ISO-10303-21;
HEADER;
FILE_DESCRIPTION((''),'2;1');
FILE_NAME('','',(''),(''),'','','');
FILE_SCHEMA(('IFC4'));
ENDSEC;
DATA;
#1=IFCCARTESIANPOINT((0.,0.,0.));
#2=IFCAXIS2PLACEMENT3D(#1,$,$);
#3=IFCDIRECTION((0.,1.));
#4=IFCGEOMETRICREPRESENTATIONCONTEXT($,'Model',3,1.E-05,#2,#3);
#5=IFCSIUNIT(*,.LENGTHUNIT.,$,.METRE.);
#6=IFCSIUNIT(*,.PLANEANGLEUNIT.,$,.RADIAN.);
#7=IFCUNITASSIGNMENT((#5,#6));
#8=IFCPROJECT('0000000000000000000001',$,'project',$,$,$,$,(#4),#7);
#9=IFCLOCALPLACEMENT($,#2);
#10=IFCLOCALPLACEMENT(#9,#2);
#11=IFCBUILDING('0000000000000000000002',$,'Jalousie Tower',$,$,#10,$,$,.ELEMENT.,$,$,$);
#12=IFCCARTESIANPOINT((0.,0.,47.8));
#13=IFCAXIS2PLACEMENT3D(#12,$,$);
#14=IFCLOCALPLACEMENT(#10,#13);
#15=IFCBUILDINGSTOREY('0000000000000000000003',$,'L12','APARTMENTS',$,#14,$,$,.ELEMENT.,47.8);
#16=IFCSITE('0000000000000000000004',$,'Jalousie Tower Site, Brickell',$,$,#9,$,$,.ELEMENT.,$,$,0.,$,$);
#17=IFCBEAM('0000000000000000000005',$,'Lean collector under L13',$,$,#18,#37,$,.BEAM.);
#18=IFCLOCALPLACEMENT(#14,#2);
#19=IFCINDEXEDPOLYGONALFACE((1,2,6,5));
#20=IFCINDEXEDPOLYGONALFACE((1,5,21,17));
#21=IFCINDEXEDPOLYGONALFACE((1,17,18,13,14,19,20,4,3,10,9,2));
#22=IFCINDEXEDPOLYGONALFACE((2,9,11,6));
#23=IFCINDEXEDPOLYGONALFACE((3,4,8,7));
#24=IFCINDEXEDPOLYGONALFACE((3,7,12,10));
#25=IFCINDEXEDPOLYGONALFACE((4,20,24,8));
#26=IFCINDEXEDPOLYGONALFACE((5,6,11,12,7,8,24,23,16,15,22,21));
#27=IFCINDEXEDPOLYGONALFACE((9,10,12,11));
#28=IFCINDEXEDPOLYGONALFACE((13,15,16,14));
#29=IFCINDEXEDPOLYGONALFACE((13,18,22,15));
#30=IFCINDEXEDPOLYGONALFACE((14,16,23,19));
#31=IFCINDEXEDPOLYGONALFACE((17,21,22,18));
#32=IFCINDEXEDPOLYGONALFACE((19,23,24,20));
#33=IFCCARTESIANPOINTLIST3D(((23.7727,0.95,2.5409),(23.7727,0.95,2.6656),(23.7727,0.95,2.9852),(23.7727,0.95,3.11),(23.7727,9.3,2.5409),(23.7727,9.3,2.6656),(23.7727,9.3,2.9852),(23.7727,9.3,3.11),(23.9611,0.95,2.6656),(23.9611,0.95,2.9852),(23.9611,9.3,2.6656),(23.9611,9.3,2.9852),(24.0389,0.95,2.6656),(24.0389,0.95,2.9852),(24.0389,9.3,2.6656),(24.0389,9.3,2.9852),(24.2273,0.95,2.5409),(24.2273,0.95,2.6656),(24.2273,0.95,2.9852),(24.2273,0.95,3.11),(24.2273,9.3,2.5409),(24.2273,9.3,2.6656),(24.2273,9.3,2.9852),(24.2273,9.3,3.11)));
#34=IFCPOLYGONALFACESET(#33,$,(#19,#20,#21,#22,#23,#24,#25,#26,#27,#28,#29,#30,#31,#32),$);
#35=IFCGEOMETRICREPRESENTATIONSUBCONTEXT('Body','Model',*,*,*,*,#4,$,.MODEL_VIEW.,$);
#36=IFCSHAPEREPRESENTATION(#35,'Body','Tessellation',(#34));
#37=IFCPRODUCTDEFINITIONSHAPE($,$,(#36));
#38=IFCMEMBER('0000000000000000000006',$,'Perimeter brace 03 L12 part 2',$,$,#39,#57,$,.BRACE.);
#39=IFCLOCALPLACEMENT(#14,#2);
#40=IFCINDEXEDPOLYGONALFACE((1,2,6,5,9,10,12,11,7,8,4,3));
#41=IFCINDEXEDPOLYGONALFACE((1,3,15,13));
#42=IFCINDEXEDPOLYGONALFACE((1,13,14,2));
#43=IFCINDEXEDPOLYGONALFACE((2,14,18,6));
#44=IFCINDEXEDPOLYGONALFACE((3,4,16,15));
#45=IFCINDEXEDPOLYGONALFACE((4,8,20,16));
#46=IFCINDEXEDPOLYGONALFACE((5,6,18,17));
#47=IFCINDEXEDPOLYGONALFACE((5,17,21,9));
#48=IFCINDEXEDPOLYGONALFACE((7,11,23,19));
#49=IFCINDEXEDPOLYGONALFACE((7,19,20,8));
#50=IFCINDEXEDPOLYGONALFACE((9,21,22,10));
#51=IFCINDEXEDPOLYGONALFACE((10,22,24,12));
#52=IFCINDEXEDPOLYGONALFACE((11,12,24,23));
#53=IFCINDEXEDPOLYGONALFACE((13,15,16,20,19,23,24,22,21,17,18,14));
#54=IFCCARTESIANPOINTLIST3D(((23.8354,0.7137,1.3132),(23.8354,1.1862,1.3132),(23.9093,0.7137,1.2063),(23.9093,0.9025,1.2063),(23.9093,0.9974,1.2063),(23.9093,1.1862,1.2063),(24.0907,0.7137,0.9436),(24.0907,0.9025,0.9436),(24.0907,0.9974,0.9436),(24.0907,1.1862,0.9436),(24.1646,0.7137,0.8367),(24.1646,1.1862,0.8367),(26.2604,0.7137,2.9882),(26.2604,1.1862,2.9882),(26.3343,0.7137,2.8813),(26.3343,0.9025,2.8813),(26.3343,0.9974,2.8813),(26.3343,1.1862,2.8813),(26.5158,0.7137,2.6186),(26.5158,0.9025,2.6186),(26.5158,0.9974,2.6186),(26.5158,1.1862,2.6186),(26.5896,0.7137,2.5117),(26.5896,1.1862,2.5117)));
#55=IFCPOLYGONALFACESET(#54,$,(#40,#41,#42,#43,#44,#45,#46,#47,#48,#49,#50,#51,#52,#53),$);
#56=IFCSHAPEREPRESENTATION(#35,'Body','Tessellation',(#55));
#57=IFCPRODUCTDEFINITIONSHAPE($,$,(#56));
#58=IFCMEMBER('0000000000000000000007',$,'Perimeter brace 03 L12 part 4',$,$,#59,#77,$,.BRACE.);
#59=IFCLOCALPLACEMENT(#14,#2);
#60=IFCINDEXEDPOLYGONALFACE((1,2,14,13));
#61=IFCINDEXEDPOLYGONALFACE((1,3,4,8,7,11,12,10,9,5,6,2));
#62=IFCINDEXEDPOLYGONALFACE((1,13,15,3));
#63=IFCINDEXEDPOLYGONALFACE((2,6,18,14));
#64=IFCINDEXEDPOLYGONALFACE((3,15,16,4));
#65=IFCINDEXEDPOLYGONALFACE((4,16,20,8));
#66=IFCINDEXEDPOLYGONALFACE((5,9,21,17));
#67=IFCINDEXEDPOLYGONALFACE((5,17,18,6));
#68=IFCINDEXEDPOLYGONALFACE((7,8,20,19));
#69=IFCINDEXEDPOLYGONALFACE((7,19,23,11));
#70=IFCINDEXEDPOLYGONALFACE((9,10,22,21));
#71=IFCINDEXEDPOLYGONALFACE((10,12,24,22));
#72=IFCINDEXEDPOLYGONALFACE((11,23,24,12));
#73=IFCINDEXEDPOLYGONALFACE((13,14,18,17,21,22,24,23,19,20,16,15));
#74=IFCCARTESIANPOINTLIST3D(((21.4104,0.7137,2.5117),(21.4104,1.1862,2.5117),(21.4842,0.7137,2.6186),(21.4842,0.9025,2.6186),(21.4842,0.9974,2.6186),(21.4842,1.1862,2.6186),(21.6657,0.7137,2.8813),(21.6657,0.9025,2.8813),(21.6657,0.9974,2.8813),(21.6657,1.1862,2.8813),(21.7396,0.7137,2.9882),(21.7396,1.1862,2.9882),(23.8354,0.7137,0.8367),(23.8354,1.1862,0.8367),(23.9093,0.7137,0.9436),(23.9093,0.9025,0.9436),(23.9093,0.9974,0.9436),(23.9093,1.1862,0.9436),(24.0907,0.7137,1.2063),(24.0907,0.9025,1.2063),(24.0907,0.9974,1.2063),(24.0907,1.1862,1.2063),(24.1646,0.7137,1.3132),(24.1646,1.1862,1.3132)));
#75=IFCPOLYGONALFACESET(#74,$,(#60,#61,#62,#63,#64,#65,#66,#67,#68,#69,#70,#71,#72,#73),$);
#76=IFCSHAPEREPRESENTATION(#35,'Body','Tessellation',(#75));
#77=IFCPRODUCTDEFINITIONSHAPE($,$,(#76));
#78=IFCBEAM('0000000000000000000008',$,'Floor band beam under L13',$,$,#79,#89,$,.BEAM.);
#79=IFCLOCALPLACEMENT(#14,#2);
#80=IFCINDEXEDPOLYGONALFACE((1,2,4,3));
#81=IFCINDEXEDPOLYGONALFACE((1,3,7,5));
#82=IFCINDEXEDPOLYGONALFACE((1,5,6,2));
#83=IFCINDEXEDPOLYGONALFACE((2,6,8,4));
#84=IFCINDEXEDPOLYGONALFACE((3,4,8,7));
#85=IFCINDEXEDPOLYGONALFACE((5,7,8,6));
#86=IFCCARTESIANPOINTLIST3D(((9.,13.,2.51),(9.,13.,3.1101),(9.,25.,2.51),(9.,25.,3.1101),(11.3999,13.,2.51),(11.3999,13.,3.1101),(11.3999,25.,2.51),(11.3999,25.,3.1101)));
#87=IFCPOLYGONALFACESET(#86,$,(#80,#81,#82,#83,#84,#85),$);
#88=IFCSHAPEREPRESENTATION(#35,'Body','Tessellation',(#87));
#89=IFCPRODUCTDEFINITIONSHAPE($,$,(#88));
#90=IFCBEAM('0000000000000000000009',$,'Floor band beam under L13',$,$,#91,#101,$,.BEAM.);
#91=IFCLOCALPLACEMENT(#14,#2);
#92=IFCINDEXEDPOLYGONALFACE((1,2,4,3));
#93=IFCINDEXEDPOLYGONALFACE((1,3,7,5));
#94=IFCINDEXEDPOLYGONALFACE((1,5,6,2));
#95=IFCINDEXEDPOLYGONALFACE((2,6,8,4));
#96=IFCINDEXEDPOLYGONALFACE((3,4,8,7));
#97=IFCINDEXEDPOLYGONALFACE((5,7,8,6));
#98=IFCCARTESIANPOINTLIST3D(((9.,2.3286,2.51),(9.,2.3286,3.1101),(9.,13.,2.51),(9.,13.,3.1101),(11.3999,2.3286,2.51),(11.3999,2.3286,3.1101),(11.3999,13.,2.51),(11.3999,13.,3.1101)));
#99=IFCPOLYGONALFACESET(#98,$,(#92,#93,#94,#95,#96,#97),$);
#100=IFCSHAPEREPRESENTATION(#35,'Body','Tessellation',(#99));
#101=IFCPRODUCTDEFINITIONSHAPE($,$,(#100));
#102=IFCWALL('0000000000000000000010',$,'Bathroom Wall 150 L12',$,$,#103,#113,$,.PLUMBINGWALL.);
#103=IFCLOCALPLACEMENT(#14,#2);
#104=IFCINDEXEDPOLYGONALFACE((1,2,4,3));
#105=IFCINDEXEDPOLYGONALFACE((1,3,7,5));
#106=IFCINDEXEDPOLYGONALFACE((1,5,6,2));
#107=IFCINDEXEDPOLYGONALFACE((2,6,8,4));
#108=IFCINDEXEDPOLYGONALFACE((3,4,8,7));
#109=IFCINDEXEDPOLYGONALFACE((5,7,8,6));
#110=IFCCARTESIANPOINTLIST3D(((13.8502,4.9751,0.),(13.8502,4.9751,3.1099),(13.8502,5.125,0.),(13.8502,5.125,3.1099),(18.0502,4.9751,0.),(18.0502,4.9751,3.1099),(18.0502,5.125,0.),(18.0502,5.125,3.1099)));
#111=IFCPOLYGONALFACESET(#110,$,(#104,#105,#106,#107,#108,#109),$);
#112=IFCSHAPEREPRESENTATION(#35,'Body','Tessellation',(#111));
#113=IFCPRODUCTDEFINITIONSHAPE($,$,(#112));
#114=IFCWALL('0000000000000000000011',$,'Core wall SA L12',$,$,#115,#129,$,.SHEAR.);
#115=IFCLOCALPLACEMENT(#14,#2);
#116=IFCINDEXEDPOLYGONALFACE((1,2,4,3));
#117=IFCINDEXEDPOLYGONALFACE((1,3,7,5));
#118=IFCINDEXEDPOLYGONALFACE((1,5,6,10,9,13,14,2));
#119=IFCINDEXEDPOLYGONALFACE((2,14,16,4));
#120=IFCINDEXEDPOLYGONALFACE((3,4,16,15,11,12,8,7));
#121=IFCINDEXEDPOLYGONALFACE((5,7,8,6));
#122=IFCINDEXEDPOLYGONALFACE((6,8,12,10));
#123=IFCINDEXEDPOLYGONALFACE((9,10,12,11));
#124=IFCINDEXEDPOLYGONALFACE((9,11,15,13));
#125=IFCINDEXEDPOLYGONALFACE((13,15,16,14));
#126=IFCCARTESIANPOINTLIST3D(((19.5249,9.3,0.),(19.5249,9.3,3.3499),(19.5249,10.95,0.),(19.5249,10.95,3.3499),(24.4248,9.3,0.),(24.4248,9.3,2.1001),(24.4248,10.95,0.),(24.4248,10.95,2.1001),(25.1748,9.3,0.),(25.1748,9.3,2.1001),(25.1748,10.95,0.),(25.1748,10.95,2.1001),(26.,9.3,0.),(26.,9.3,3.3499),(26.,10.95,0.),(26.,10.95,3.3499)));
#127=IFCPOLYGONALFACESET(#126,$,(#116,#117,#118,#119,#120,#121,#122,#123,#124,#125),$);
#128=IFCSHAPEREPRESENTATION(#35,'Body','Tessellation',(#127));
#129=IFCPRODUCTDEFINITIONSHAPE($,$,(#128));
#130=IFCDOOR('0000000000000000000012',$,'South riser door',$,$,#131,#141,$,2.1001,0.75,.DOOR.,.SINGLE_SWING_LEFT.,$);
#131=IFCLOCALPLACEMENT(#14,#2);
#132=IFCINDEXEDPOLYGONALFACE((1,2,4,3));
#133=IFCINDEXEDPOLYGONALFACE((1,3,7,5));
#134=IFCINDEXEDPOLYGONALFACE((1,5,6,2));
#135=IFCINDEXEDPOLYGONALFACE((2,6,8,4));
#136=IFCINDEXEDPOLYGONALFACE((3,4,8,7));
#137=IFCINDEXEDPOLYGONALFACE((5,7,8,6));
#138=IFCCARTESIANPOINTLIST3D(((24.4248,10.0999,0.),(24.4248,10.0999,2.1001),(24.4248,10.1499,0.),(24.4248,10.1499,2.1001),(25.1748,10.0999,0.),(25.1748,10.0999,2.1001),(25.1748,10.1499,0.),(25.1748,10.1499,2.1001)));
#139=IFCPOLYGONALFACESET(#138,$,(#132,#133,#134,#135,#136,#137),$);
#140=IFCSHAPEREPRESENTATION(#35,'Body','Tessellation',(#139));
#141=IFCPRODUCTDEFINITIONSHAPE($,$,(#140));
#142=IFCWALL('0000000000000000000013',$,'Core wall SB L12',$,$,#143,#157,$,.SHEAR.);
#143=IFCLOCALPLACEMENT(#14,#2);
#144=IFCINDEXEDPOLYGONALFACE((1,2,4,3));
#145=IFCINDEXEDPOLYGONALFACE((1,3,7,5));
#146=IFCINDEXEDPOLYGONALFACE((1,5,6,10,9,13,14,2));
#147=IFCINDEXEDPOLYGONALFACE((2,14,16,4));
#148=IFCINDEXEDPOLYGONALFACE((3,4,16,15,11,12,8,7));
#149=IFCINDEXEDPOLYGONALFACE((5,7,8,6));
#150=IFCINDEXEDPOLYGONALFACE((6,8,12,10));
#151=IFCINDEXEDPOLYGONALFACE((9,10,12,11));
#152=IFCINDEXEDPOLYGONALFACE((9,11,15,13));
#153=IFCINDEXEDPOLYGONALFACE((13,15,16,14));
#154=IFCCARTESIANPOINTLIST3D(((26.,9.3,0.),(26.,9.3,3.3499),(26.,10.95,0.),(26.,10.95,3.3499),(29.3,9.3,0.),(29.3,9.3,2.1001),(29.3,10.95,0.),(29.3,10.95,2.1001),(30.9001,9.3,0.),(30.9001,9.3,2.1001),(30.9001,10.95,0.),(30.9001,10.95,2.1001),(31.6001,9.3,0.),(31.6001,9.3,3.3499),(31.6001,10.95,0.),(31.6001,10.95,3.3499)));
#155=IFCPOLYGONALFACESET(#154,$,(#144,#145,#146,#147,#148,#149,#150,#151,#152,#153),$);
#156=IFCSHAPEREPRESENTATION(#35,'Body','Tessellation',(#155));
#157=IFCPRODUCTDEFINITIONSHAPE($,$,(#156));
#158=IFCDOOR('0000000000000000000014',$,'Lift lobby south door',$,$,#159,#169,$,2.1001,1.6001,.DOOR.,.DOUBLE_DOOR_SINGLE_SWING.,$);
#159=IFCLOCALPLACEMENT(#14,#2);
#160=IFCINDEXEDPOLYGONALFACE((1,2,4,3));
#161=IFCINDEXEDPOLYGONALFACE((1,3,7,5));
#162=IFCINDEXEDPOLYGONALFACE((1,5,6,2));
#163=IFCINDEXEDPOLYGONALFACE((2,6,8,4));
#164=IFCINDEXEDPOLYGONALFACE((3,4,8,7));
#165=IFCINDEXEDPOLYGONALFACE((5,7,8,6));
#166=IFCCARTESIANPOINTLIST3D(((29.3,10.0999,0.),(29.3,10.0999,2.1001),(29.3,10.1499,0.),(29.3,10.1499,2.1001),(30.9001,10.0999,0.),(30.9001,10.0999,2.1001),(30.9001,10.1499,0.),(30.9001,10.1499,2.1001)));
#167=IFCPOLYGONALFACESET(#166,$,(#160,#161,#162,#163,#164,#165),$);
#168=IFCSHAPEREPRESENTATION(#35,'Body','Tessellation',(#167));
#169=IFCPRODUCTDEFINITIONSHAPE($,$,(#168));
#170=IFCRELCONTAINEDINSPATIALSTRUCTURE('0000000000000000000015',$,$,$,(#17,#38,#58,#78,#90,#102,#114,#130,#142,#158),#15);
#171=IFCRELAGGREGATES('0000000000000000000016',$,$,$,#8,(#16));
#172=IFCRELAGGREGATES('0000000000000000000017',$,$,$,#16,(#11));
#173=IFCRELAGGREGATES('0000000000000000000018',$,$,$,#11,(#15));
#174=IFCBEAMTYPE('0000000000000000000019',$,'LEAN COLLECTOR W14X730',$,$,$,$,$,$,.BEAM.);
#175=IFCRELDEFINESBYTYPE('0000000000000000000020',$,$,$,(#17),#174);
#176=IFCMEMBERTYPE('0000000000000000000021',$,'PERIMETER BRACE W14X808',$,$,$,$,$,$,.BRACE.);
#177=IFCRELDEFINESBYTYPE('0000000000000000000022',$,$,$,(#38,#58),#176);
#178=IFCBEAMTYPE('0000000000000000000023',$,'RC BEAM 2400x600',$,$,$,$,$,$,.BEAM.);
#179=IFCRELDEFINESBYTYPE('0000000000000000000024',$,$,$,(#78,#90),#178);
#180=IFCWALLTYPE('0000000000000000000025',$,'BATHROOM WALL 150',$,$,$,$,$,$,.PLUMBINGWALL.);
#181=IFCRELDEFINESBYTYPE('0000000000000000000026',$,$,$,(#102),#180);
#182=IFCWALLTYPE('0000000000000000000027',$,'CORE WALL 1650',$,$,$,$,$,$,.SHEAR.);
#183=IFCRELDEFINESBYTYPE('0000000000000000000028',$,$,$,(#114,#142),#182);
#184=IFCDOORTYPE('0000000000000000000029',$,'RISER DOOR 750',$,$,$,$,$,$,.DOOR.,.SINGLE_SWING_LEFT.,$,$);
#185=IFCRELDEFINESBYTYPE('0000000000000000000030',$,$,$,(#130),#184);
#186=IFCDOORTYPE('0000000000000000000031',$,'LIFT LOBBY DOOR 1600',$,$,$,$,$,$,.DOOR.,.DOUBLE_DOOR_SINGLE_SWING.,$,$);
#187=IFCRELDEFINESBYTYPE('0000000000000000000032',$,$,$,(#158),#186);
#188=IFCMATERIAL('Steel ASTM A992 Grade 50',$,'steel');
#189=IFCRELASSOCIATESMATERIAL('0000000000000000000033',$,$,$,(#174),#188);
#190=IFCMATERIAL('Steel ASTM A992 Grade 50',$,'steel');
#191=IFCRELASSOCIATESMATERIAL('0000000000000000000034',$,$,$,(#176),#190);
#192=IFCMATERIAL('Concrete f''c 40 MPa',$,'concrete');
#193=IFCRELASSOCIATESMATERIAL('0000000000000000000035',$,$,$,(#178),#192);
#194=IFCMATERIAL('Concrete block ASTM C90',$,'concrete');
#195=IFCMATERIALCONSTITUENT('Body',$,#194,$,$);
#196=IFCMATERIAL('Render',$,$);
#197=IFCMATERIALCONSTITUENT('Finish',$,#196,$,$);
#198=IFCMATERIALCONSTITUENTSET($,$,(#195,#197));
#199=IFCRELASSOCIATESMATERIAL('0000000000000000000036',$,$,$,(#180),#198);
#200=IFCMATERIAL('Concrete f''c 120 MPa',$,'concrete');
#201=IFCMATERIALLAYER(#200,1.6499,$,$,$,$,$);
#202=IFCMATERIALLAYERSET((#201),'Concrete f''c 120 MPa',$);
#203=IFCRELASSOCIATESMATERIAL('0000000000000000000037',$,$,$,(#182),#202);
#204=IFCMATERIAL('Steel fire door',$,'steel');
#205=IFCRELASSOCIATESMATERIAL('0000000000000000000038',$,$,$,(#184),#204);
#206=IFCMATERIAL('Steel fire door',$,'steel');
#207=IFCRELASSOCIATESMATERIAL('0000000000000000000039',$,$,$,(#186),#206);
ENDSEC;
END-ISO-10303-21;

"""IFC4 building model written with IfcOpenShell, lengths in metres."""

from ifc_helpers import new_model, si_unit, direction, frame, frame_2d, origin, origin_2d, place, context, subcontext, project, spatial, rectangle, i_section, extrude, material, layer, layer_set, constituent, constituent_set, material_profile, profile_set, type_object, element, fill, save


model = new_model("IFC4")

# Units and contexts
model_context = context("Model", 3, precision=1e-05, world=origin(), true_north=direction((0.0, 1.0)))
body_context = subcontext(model_context, "Body", "Model", "MODEL_VIEW")
ifc_project = project(units=[si_unit("LENGTHUNIT", "METRE"), si_unit("PLANEANGLEUNIT", "RADIAN")], contexts=[model_context])

# Site, building, storey
site_placement = place(None, origin())
site = spatial("IfcSite", under=ifc_project, at=site_placement, Name="Jalousie Tower Site, Brickell", CompositionType="ELEMENT", RefElevation=0.0)
building_placement = place(site_placement, origin())
building = spatial("IfcBuilding", under=site, at=building_placement, Name="Jalousie Tower", CompositionType="ELEMENT")
storey_placement = place(building_placement, frame((0.0, 0.0, 47.8)))
storey = spatial("IfcBuildingStorey", under=building, at=storey_placement, Name="L12", Description="APARTMENTS", CompositionType="ELEMENT", Elevation=47.8)

# Beam
ifc_material_1 = material(Name="Steel ASTM A992 Grade 50", Category="steel")
ifc_material_profile_1 = material_profile(ifc_material_1, i_section(OverallWidth=0.4546, OverallDepth=0.5691, WebThickness=0.0779, FlangeThickness=0.1248, at=origin_2d()), Name="W14X730")
ifc_profile_set_1 = profile_set([ifc_material_profile_1], Name="Steel ASTM A992 Grade 50")
beam_type_1 = type_object("IfcBeamType", Name="LEAN COLLECTOR W14X730", PredefinedType="BEAM", material=ifc_profile_set_1)
beam_1_placement = place(storey_placement, frame((24.0, 0.95, 2.8254), z_axis=(0.0, 1.0, 0.0), x_axis=(-1.0, 0.0, 0.0)))
element("IfcBeam", 1, at=beam_1_placement, inside=storey, type_object=beam_type_1, Name="Lean collector under L13", PredefinedType="BEAM", context=body_context, shape_type="SweptSolid", body=[
    extrude(i_section(OverallWidth=0.4546, OverallDepth=0.5691, WebThickness=0.0779, FlangeThickness=0.1248, at=origin_2d()), origin(), (0.0, 0.0, 1.0), 8.3501),
])

# Members
ifc_material_2 = material(Name="Steel ASTM A992 Grade 50", Category="steel")
ifc_material_profile_2 = material_profile(ifc_material_2, i_section(OverallWidth=0.4724, OverallDepth=0.5791, WebThickness=0.095, FlangeThickness=0.1299, at=origin_2d()), Name="W14X808")
ifc_profile_set_2 = profile_set([ifc_material_profile_2], Name="Steel ASTM A992 Grade 50")
member_type = type_object("IfcMemberType", Name="PERIMETER BRACE W14X808", PredefinedType="BRACE", material=ifc_profile_set_2)
for number, where, z_axis, x_axis, name in (
    (2, (24.0, 0.95, 1.075), (0.8228, 0.0, 0.568331), (0.0, 1.0, 0.0), "Perimeter brace 03 L12 part 2"),
    (3, (24.0, 0.95, 1.075), (-0.8228, 0.0, 0.568331), (0.0, -1.0, 0.0), "Perimeter brace 03 L12 part 4"),
):
    element("IfcMember", number, at=place(storey_placement, frame(where, z_axis=z_axis, x_axis=x_axis)), inside=storey, type_object=member_type, Name=name, PredefinedType="BRACE", context=body_context, shape_type="SweptSolid", body=[
        extrude(i_section(OverallWidth=0.4724, OverallDepth=0.5791, WebThickness=0.095, FlangeThickness=0.1299, at=origin_2d()), origin(), (0.0, 0.0, 1.0), 2.9473),
    ])

# Beams
ifc_material_3 = material(Name="Concrete f'c 40 MPa", Category="concrete")
ifc_material_profile_3 = material_profile(ifc_material_3, rectangle(XDim=2.3999, YDim=0.6001, at=origin_2d()), Name="RC 2400x600")
ifc_profile_set_3 = profile_set([ifc_material_profile_3], Name="Concrete f'c 40 MPa")
beam_type_2 = type_object("IfcBeamType", Name="RC BEAM 2400x600", PredefinedType="BEAM", material=ifc_profile_set_3)
beam_2_placement = place(storey_placement, frame((10.2, 13.0, 2.8101), z_axis=(0.0, 1.0, 0.0), x_axis=(-1.0, 0.0, 0.0)))
element("IfcBeam", 4, at=beam_2_placement, inside=storey, type_object=beam_type_2, Name="Floor band beam under L13", PredefinedType="BEAM", context=body_context, shape_type="SweptSolid", body=[
    extrude(rectangle(XDim=2.3999, YDim=0.6001, at=origin_2d()), origin(), (0.0, 0.0, 1.0), 12.0),
])
beam_3_placement = place(storey_placement, frame((10.2, 13.0, 2.8101), z_axis=(0.0, -1.0, 0.0), x_axis=(1.0, 0.0, 0.0)))
element("IfcBeam", 5, at=beam_3_placement, inside=storey, type_object=beam_type_2, Name="Floor band beam under L13", PredefinedType="BEAM", context=body_context, shape_type="SweptSolid", body=[
    extrude(rectangle(XDim=2.3999, YDim=0.6001, at=origin_2d()), origin(), (0.0, 0.0, 1.0), 10.6714),
])

# Wall
ifc_material_4 = material(Name="Concrete block ASTM C90", Category="concrete")
ifc_constituent_1 = constituent(ifc_material_4, Name="Body")
ifc_material_5 = material(Name="Render")
ifc_constituent_2 = constituent(ifc_material_5, Name="Finish")
ifc_constituent_set_1 = constituent_set(constituents=[ifc_constituent_1, ifc_constituent_2])
wall_type_1 = type_object("IfcWallType", Name="BATHROOM WALL 150", PredefinedType="PLUMBINGWALL", material=ifc_constituent_set_1)
wall_1_placement = place(storey_placement, frame((13.8501, 5.05, 0.0), z_axis=(0.0, 0.0, 1.0), x_axis=(1.0, 0.0, 0.0)))
element("IfcWall", 6, at=wall_1_placement, inside=storey, type_object=wall_type_1, Name="Bathroom Wall 150 L12", PredefinedType="PLUMBINGWALL", context=body_context, shape_type="SweptSolid", body=[
    extrude(rectangle(XDim=4.2, YDim=0.1499, at=frame_2d((2.1001, 0.0))), origin(), (0.0, 0.0, 1.0), 3.1099),
])

# Walls, openings, doors
ifc_material_6 = material(Name="Concrete f'c 120 MPa", Category="concrete")
ifc_layer_1 = layer(ifc_material_6, 1.6499)
ifc_layer_set_1 = layer_set([ifc_layer_1], Name="Concrete f'c 120 MPa")
wall_type_2 = type_object("IfcWallType", Name="CORE WALL 1650", PredefinedType="SHEAR", material=ifc_layer_set_1)
wall_2_placement = place(storey_placement, frame((19.5249, 10.125, 0.0), z_axis=(0.0, 0.0, 1.0), x_axis=(1.0, 0.0, 0.0)))
wall_2 = element("IfcWall", 7, at=wall_2_placement, inside=storey, type_object=wall_type_2, Name="Core wall SA L12", PredefinedType="SHEAR", context=body_context, shape_type="SweptSolid", body=[
    extrude(rectangle(XDim=6.4751, YDim=1.6499, at=frame_2d((3.2375, 0.0))), origin(), (0.0, 0.0, 1.0), 3.3499),
])
opening_1_placement = place(wall_2_placement, frame((4.8999, 0.0, 0.0)))
opening_1 = element("IfcOpeningElement", 8, at=opening_1_placement, cuts=wall_2, PredefinedType="OPENING", context=body_context, shape_type="SweptSolid", body=[
    extrude(rectangle(XDim=0.75, YDim=2.1001, at=frame_2d((0.375, 1.05))), frame((0.0, 0.835, 0.0), z_axis=(0.0, -1.0, 0.0), x_axis=(1.0, 0.0, 0.0)), (0.0, 0.0, 1.0), 1.6699),
])
ifc_material_7 = material(Name="Steel fire door", Category="steel")
door_type_1 = type_object("IfcDoorType", Name="RISER DOOR 750", OperationType="SINGLE_SWING_LEFT", PredefinedType="DOOR", material=ifc_material_7)
door_1_placement = place(opening_1_placement, origin())
door_1 = element("IfcDoor", 9, at=door_1_placement, inside=storey, type_object=door_type_1, Name="South riser door", OperationType="SINGLE_SWING_LEFT", OverallHeight=2.1001, OverallWidth=0.75, PredefinedType="DOOR", context=body_context, shape_type="SweptSolid", body=[
    extrude(rectangle(XDim=0.75, YDim=2.1001, at=frame_2d((0.375, 1.05))), frame((0.0, 0.0249, 0.0), z_axis=(0.0, -1.0, 0.0), x_axis=(1.0, 0.0, 0.0)), (0.0, 0.0, 1.0), 0.05),
])
fill(opening_1, door_1)
wall_3_placement = place(storey_placement, frame((26.0, 10.125, 0.0), z_axis=(0.0, 0.0, 1.0), x_axis=(1.0, 0.0, 0.0)))
wall_3 = element("IfcWall", 10, at=wall_3_placement, inside=storey, type_object=wall_type_2, Name="Core wall SB L12", PredefinedType="SHEAR", context=body_context, shape_type="SweptSolid", body=[
    extrude(rectangle(XDim=5.6001, YDim=1.6499, at=frame_2d((2.8, 0.0))), origin(), (0.0, 0.0, 1.0), 3.3499),
])
opening_2_placement = place(wall_3_placement, frame((3.3, 0.0, 0.0)))
opening_2 = element("IfcOpeningElement", 11, at=opening_2_placement, cuts=wall_3, PredefinedType="OPENING", context=body_context, shape_type="SweptSolid", body=[
    extrude(rectangle(XDim=1.6001, YDim=2.1001, at=frame_2d((0.8, 1.05))), frame((0.0, 0.835, 0.0), z_axis=(0.0, -1.0, 0.0), x_axis=(1.0, 0.0, 0.0)), (0.0, 0.0, 1.0), 1.6699),
])
ifc_material_8 = material(Name="Steel fire door", Category="steel")
door_type_2 = type_object("IfcDoorType", Name="LIFT LOBBY DOOR 1600", OperationType="DOUBLE_DOOR_SINGLE_SWING", PredefinedType="DOOR", material=ifc_material_8)
door_2_placement = place(opening_2_placement, origin())
door_2 = element("IfcDoor", 12, at=door_2_placement, inside=storey, type_object=door_type_2, Name="Lift lobby south door", OperationType="DOUBLE_DOOR_SINGLE_SWING", OverallHeight=2.1001, OverallWidth=1.6001, PredefinedType="DOOR", context=body_context, shape_type="SweptSolid", body=[
    extrude(rectangle(XDim=1.6001, YDim=2.1001, at=frame_2d((0.8, 1.05))), frame((0.0, 0.0249, 0.0), z_axis=(0.0, -1.0, 0.0), x_axis=(1.0, 0.0, 0.0)), (0.0, 0.0, 1.0), 0.05),
])
fill(opening_2, door_2)

save(model, "model.ifc")
